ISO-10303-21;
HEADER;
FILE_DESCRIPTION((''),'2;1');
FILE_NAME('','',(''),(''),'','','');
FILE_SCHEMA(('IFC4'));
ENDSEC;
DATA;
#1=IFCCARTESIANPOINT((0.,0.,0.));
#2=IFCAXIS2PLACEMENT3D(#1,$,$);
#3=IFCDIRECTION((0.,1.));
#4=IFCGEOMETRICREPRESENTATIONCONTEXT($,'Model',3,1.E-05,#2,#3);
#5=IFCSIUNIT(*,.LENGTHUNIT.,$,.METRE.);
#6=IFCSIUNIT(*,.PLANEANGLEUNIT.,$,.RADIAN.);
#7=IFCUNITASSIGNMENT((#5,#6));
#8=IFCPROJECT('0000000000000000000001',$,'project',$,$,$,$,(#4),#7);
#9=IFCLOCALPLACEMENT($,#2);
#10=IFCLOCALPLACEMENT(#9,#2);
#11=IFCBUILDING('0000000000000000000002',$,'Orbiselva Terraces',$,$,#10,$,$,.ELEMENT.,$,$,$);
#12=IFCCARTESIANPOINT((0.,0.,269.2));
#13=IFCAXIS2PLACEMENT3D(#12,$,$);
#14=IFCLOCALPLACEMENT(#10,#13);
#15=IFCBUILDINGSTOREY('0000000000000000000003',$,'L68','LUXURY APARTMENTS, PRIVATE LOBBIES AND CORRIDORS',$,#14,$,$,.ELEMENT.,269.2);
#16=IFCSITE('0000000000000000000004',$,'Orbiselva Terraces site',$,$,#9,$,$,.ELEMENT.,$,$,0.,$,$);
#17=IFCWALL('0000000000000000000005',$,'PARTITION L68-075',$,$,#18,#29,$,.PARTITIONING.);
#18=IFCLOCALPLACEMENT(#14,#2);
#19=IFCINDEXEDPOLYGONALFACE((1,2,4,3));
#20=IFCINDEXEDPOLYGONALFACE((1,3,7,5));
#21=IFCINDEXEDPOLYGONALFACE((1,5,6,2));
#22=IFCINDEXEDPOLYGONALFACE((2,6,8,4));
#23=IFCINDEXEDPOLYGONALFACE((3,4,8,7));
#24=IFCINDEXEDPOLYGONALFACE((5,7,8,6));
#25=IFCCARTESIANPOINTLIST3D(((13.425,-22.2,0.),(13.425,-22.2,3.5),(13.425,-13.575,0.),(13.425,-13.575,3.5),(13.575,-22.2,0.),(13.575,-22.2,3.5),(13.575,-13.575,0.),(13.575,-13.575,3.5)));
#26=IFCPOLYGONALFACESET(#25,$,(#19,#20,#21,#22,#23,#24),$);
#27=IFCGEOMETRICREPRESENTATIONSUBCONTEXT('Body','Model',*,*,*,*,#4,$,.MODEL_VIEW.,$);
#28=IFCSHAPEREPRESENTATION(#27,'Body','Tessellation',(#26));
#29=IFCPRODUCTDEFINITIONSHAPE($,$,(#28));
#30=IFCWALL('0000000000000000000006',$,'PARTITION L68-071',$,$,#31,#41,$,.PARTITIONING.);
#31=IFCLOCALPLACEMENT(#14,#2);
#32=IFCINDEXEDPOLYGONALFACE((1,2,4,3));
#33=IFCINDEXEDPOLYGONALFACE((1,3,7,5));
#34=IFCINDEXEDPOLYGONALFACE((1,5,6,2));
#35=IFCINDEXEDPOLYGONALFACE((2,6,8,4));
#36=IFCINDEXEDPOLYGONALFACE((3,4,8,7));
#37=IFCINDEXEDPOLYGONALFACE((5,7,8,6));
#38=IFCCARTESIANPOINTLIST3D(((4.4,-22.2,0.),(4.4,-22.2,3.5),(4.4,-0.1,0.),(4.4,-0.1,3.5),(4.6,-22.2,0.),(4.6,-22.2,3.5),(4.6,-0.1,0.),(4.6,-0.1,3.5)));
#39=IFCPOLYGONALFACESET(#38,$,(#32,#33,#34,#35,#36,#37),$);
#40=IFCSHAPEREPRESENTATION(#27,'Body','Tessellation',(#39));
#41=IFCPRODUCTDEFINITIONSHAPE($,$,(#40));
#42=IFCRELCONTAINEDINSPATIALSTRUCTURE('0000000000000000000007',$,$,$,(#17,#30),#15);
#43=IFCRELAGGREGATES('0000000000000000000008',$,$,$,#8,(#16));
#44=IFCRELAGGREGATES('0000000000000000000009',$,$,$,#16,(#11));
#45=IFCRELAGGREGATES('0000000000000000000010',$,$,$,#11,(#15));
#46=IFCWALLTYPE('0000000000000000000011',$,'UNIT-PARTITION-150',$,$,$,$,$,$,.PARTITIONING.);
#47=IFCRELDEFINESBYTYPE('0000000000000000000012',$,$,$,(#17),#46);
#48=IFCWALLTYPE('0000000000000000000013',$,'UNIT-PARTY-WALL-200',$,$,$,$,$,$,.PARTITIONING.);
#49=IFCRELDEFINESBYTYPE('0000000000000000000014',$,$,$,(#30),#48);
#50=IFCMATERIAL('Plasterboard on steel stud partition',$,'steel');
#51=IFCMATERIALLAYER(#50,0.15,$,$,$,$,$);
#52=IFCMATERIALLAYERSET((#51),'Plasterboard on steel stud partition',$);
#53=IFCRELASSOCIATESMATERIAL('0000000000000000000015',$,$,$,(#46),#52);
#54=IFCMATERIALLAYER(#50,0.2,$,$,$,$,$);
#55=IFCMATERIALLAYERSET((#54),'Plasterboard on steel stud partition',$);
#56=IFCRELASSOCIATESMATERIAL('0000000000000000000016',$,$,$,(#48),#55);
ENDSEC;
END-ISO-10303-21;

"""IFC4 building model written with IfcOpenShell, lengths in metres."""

from ifc_helpers import new_model, si_unit, direction, frame, frame_2d, origin, place, context, subcontext, project, spatial, rectangle, extrude, material, layer, layer_set, type_object, element, save


model = new_model("IFC4")

# Units and contexts
model_context = context("Model", 3, precision=1e-05, world=origin(), true_north=direction((0.0, 1.0)))
body_context = subcontext(model_context, "Body", "Model", "MODEL_VIEW")
ifc_project = project(units=[si_unit("LENGTHUNIT", "METRE"), si_unit("PLANEANGLEUNIT", "RADIAN")], contexts=[model_context])

# Site, building, storey
site_placement = place(None, origin())
site = spatial("IfcSite", under=ifc_project, at=site_placement, Name="Orbiselva Terraces site", CompositionType="ELEMENT", RefElevation=0.0)
building_placement = place(site_placement, origin())
building = spatial("IfcBuilding", under=site, at=building_placement, Name="Orbiselva Terraces", CompositionType="ELEMENT")
storey_placement = place(building_placement, frame((0.0, 0.0, 269.2)))
storey = spatial("IfcBuildingStorey", under=building, at=storey_placement, Name="L68", Description="LUXURY APARTMENTS, PRIVATE LOBBIES AND CORRIDORS", CompositionType="ELEMENT", Elevation=269.2)

# Shared definitions
ifc_material_1 = material(Name="Plasterboard on steel stud partition", Category="steel")
ifc_layer_1 = layer(ifc_material_1, 0.15)
ifc_layer_set_1 = layer_set([ifc_layer_1], Name="Plasterboard on steel stud partition")
wall_type_1 = type_object("IfcWallType", Name="UNIT-PARTITION-150", PredefinedType="PARTITIONING", material=ifc_layer_set_1)

# Walls
wall_1_placement = place(storey_placement, frame((13.5, -22.2, 0.0), z_axis=(0.0, 0.0, 1.0), x_axis=(0.0, 1.0, 0.0)))
element("IfcWall", 1, at=wall_1_placement, inside=storey, type_object=wall_type_1, Name="PARTITION L68-075", PredefinedType="PARTITIONING", context=body_context, shape_type="SweptSolid", body=[
    extrude(rectangle(XDim=8.625, YDim=0.15, at=frame_2d((4.3125, 0.0))), origin(), (0.0, 0.0, 1.0), 3.5),
])
ifc_layer_2 = layer(ifc_material_1, 0.2)
ifc_layer_set_2 = layer_set([ifc_layer_2], Name="Plasterboard on steel stud partition")
wall_type_2 = type_object("IfcWallType", Name="UNIT-PARTY-WALL-200", PredefinedType="PARTITIONING", material=ifc_layer_set_2)
wall_2_placement = place(storey_placement, frame((4.5, -22.2, 0.0), z_axis=(0.0, 0.0, 1.0), x_axis=(0.0, 1.0, 0.0)))
element("IfcWall", 2, at=wall_2_placement, inside=storey, type_object=wall_type_2, Name="PARTITION L68-071", PredefinedType="PARTITIONING", context=body_context, shape_type="SweptSolid", body=[
    extrude(rectangle(XDim=22.1, YDim=0.2, at=frame_2d((11.05, 0.0))), origin(), (0.0, 0.0, 1.0), 3.5),
])

save(model, "model.ifc")
